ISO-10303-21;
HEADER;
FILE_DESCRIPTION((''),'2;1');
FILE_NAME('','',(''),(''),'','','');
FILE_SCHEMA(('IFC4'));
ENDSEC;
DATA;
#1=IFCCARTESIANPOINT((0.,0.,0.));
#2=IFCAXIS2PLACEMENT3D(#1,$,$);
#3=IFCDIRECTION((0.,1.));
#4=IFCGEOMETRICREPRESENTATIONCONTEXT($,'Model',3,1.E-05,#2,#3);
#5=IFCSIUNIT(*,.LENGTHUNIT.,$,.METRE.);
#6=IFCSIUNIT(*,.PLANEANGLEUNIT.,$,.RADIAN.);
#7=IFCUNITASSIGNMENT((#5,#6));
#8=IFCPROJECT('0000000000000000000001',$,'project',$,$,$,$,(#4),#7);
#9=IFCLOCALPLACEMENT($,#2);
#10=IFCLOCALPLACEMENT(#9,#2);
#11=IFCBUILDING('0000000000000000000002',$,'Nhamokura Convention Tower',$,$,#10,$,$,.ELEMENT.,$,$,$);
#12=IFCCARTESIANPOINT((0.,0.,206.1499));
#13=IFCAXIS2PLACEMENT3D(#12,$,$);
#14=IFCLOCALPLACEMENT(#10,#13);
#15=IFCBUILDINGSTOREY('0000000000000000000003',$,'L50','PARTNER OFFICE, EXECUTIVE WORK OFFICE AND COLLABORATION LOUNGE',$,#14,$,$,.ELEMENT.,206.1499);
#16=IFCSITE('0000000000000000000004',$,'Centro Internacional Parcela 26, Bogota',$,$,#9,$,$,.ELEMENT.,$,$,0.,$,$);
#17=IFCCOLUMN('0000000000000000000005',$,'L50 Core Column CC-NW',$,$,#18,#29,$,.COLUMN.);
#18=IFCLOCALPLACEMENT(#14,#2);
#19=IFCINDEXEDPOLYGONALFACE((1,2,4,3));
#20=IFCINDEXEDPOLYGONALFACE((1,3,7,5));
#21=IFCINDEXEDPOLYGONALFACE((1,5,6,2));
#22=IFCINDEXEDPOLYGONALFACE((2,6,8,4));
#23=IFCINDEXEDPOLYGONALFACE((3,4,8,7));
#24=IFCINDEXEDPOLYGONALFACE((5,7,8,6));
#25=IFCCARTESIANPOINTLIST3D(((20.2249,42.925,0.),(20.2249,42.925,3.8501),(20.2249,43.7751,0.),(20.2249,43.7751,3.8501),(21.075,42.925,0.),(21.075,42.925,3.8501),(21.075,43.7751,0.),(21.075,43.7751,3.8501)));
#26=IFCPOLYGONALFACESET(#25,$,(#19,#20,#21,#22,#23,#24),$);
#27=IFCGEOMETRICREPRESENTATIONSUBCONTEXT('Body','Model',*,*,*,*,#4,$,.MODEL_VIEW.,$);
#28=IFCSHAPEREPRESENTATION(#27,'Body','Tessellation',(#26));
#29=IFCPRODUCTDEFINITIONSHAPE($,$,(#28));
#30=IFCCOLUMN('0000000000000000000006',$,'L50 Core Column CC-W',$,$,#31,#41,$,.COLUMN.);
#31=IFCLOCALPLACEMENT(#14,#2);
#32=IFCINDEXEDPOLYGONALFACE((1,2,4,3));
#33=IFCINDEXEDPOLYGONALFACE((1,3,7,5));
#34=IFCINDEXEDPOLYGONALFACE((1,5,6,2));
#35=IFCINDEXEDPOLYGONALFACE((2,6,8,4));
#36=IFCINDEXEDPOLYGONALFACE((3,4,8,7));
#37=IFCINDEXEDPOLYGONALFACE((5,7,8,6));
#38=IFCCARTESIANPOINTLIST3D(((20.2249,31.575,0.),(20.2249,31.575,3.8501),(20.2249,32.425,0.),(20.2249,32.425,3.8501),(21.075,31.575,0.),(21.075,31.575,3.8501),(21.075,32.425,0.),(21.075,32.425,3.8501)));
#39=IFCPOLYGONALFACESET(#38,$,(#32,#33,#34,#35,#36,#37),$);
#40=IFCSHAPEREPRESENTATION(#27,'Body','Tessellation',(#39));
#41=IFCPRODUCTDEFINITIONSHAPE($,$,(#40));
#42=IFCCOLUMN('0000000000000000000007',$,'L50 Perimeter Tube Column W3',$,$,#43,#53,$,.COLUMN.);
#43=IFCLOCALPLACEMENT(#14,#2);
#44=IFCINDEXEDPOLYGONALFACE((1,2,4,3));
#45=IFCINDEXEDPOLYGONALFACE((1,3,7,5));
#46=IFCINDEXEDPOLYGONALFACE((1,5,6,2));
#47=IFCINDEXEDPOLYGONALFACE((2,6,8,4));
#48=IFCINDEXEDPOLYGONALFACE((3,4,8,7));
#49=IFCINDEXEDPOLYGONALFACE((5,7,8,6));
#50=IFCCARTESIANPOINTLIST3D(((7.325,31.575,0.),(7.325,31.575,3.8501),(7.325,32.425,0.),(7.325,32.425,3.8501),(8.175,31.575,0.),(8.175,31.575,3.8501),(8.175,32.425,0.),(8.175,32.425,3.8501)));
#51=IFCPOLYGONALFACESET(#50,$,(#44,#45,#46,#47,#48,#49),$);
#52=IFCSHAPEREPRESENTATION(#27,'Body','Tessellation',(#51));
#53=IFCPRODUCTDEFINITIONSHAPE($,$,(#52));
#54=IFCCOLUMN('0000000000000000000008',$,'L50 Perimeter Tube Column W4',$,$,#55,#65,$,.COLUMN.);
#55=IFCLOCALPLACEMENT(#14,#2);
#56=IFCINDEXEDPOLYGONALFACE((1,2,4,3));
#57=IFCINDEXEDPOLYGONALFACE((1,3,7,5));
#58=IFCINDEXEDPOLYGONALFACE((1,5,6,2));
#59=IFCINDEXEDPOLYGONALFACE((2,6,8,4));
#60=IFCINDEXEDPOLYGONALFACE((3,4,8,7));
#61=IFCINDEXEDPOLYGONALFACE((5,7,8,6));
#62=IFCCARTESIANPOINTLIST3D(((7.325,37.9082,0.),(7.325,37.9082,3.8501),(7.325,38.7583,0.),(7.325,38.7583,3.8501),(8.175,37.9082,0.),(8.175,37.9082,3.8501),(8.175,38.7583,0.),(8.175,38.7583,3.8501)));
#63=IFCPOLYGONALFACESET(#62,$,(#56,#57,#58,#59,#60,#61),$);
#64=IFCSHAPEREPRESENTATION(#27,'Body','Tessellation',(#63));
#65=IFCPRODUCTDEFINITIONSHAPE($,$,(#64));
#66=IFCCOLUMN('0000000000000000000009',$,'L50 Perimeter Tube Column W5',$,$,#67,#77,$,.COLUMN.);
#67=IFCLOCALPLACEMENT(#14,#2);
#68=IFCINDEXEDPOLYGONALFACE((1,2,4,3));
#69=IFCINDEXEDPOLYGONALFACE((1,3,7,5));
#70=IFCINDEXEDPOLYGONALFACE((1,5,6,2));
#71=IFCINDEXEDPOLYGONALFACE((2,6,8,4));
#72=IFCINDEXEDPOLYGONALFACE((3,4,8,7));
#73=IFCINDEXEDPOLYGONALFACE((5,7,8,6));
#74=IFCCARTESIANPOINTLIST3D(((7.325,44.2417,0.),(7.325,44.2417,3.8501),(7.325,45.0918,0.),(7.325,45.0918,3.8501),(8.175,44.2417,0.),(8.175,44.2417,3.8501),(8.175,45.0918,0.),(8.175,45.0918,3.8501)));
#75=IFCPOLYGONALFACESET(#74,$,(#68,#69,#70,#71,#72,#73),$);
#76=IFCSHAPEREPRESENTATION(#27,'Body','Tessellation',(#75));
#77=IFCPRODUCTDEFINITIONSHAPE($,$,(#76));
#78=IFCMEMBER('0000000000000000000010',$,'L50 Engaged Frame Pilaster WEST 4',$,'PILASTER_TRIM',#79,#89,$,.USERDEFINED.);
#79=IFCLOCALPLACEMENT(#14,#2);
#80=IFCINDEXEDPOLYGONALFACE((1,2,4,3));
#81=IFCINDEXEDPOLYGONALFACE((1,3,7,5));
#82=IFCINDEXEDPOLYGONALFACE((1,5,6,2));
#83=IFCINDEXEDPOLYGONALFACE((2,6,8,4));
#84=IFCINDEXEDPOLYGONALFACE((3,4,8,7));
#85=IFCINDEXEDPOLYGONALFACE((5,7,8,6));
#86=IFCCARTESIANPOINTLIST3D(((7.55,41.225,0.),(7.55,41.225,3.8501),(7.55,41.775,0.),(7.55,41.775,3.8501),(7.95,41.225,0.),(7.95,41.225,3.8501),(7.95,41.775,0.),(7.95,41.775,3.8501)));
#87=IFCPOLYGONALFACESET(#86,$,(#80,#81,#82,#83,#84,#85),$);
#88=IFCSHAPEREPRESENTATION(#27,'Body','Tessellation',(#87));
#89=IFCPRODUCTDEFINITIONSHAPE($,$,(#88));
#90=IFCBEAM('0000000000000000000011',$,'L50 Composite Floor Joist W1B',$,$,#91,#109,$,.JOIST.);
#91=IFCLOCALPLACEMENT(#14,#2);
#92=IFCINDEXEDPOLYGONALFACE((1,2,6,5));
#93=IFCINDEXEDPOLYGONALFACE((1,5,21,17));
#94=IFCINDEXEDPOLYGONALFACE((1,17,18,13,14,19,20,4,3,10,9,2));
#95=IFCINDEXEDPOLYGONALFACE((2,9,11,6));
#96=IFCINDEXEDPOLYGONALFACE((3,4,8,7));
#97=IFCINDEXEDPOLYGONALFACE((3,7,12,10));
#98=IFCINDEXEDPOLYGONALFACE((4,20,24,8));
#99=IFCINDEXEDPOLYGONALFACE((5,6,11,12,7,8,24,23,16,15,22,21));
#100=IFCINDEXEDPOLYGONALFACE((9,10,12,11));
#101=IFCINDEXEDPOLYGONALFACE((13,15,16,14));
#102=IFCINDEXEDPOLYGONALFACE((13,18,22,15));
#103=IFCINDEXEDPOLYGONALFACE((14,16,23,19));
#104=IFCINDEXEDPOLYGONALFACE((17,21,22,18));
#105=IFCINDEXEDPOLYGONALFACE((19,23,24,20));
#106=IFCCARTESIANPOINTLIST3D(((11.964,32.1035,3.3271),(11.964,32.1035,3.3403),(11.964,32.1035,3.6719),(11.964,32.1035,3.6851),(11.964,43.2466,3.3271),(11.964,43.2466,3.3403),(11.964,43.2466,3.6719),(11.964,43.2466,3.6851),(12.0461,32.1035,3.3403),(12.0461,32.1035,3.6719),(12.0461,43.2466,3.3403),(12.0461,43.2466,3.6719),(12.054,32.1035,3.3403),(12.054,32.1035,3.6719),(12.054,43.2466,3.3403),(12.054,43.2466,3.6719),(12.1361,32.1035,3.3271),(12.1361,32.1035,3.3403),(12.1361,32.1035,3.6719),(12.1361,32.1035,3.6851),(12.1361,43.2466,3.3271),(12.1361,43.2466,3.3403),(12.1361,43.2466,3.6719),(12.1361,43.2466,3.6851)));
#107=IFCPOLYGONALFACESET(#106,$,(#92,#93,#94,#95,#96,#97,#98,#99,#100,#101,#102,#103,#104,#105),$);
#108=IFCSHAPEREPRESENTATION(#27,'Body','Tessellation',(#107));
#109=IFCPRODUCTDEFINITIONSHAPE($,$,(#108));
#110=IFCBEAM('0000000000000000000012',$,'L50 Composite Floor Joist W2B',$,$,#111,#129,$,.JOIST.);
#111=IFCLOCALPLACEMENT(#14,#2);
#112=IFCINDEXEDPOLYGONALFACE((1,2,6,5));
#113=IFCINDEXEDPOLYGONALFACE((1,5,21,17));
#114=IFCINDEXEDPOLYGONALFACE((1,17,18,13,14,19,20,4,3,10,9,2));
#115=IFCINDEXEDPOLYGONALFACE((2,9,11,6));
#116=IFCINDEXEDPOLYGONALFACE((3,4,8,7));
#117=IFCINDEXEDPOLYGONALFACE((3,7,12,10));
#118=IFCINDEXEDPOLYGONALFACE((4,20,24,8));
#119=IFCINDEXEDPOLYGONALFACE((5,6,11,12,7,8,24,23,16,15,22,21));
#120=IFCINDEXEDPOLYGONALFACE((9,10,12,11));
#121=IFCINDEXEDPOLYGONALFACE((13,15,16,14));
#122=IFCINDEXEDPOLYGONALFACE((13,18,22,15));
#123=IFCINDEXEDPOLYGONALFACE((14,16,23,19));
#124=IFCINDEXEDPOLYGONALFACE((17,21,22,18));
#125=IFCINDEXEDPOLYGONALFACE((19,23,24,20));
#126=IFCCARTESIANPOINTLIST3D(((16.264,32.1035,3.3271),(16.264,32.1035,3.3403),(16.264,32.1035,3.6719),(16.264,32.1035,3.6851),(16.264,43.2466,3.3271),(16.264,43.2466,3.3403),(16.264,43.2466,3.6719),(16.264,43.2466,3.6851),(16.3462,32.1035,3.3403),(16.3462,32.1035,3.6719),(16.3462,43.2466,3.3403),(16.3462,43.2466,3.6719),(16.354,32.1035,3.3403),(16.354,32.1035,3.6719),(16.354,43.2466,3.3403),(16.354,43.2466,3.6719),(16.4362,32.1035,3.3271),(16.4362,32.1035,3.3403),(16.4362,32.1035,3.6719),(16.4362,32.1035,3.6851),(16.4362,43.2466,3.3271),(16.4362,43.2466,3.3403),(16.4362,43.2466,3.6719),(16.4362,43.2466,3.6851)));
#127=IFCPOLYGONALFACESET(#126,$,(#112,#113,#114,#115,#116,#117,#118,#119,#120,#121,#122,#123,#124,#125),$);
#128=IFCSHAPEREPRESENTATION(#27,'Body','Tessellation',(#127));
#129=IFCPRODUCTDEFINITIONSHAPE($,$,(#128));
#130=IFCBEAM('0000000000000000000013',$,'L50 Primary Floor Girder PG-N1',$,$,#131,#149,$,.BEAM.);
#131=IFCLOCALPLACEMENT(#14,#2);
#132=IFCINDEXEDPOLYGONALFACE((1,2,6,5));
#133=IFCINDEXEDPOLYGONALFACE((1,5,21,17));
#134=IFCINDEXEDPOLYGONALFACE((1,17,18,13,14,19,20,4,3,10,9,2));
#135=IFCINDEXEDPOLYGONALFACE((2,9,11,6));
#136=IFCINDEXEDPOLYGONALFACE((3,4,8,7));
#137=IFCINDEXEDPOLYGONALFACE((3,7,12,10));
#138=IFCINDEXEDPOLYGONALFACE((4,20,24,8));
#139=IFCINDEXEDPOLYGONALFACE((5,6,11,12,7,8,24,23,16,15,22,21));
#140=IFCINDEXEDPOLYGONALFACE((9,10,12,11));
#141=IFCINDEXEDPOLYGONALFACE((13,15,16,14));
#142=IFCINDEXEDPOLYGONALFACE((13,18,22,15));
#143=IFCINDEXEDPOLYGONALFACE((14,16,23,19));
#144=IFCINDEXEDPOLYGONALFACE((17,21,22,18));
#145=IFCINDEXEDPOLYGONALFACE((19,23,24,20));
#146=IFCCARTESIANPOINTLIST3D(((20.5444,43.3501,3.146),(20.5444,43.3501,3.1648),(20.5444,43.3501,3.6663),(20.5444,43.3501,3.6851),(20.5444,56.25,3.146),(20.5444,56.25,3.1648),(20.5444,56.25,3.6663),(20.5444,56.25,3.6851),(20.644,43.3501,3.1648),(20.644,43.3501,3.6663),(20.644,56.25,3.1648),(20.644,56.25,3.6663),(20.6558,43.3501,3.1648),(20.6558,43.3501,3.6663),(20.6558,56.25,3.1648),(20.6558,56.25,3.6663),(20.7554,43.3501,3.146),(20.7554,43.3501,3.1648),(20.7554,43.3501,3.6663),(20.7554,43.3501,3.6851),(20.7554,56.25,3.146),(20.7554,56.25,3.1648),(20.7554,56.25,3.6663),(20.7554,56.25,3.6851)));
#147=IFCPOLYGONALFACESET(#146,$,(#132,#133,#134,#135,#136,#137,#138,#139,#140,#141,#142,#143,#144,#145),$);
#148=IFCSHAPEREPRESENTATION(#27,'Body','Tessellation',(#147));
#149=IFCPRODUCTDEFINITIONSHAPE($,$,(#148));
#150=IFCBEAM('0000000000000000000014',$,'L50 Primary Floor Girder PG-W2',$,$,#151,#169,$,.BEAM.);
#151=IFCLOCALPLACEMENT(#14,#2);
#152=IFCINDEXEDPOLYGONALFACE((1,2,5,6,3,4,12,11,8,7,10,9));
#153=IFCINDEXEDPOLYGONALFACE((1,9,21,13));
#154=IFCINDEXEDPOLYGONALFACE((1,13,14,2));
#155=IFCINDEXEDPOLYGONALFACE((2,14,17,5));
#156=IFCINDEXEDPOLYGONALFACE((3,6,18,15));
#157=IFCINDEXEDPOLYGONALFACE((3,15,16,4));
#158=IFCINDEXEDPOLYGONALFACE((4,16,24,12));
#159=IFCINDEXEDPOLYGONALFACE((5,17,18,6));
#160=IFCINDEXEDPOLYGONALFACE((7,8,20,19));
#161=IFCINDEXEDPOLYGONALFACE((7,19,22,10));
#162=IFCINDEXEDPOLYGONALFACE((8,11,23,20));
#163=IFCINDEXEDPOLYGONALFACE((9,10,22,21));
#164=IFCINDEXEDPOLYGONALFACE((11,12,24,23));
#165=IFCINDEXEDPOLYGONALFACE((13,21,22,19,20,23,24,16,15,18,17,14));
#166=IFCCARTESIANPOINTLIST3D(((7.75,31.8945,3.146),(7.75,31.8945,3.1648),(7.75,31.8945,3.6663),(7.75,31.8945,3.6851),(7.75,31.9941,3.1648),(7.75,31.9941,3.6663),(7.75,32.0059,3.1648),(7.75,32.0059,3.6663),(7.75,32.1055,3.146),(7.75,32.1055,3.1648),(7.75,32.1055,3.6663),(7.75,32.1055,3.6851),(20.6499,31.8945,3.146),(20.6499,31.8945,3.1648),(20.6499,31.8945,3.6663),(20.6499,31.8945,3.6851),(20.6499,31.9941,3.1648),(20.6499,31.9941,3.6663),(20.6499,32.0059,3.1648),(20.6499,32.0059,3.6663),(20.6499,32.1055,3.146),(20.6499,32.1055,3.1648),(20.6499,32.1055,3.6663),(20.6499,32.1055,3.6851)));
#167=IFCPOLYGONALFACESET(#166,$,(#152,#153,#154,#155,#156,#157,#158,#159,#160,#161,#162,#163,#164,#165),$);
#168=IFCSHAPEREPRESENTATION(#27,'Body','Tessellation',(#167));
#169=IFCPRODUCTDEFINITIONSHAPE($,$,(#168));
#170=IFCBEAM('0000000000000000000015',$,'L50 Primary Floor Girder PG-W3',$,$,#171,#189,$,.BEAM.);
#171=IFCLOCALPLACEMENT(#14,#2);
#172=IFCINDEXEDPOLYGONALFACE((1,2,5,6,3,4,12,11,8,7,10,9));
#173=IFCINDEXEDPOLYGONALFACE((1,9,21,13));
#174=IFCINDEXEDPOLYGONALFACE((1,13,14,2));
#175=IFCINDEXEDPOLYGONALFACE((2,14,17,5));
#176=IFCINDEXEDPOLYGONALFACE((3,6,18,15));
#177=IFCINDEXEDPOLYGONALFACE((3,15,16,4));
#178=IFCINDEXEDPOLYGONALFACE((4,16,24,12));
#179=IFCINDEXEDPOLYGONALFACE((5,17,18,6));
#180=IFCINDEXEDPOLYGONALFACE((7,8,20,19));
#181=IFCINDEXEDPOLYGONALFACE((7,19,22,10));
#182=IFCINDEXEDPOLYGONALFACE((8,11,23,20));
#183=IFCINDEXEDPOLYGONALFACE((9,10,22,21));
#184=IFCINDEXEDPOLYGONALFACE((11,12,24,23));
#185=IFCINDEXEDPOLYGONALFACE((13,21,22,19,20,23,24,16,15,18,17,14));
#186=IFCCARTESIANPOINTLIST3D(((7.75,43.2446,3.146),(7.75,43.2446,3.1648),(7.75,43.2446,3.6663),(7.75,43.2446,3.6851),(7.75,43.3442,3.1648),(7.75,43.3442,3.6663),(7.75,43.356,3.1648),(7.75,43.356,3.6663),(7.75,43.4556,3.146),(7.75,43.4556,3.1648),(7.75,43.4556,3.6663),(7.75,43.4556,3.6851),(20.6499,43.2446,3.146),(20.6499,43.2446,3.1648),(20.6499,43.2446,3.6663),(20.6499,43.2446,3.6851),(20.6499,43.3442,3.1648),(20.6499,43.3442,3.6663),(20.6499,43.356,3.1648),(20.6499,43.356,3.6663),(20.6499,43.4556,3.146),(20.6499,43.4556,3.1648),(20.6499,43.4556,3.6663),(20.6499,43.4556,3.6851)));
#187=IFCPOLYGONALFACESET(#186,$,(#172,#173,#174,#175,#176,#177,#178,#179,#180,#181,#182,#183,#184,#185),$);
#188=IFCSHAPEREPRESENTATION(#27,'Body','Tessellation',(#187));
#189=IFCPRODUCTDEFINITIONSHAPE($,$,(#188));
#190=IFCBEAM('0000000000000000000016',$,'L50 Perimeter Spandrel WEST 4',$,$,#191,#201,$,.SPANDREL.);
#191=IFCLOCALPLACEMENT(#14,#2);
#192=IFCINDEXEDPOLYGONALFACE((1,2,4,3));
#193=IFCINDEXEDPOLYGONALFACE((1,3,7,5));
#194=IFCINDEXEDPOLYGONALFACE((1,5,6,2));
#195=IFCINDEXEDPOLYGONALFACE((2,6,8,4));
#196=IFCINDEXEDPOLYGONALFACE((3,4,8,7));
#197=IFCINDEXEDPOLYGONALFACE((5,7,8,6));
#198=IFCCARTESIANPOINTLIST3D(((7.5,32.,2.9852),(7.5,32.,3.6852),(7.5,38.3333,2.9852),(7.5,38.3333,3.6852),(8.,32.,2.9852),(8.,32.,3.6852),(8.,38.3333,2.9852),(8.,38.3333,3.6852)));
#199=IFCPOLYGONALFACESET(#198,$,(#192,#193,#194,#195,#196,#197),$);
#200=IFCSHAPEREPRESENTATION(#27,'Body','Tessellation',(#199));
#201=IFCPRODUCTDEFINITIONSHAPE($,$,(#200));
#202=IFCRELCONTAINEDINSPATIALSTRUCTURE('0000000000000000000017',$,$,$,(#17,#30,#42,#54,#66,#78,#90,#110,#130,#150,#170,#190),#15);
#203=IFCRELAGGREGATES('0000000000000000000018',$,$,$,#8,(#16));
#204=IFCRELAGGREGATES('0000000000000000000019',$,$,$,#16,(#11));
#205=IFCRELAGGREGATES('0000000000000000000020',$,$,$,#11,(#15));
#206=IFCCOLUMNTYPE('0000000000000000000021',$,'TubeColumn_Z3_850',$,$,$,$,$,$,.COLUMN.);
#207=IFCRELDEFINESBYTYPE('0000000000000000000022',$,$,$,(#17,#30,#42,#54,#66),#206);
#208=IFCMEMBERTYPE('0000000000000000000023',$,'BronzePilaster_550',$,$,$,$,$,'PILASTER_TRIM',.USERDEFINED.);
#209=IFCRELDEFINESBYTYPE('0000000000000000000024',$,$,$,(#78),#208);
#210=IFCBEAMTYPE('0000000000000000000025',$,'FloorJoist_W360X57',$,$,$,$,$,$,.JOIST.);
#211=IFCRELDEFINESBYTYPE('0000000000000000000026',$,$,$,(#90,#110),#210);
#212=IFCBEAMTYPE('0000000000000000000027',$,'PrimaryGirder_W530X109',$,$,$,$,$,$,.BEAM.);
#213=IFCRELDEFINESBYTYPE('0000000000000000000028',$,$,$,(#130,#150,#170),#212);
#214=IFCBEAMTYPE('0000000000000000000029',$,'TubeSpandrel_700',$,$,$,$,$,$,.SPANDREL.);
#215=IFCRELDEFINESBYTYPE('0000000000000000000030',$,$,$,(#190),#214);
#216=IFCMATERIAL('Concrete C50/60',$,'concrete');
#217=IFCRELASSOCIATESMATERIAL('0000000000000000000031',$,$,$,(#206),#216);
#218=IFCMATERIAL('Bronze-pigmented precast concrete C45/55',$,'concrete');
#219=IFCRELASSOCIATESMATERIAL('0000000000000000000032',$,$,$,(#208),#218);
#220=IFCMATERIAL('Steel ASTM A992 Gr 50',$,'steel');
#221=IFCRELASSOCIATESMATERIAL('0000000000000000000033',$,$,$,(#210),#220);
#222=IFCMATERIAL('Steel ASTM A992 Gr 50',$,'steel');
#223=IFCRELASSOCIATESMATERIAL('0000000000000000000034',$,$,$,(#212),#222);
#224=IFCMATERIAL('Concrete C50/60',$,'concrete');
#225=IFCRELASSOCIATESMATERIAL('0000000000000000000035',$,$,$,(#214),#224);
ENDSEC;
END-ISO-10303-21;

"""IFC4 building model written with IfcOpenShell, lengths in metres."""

from ifc_helpers import new_model, si_unit, direction, frame, origin, origin_2d, place, context, subcontext, project, spatial, rectangle, i_section, extrude, material, material_profile, profile_set, type_object, element, save


model = new_model("IFC4")

# Units and contexts
model_context = context("Model", 3, precision=1e-05, world=origin(), true_north=direction((0.0, 1.0)))
body_context = subcontext(model_context, "Body", "Model", "MODEL_VIEW")
ifc_project = project(units=[si_unit("LENGTHUNIT", "METRE"), si_unit("PLANEANGLEUNIT", "RADIAN")], contexts=[model_context])

# Site, building, storey
site_placement = place(None, origin())
site = spatial("IfcSite", under=ifc_project, at=site_placement, Name="Centro Internacional Parcela 26, Bogota", CompositionType="ELEMENT", RefElevation=0.0)
building_placement = place(site_placement, origin())
building = spatial("IfcBuilding", under=site, at=building_placement, Name="Nhamokura Convention Tower", CompositionType="ELEMENT")
storey_placement = place(building_placement, frame((0.0, 0.0, 206.1499)))
storey = spatial("IfcBuildingStorey", under=building, at=storey_placement, Name="L50", Description="PARTNER OFFICE, EXECUTIVE WORK OFFICE AND COLLABORATION LOUNGE", CompositionType="ELEMENT", Elevation=206.1499)

# Columns
ifc_material_1 = material(Name="Concrete C50/60", Category="concrete")
ifc_material_profile_1 = material_profile(ifc_material_1, rectangle(XDim=0.8501, YDim=0.8501, at=origin_2d()))
ifc_profile_set_1 = profile_set([ifc_material_profile_1], Name="Concrete C50/60")
column_type = type_object("IfcColumnType", Name="TubeColumn_Z3_850", PredefinedType="COLUMN", material=ifc_profile_set_1)
for number, where, z_axis, x_axis, name in (
    (1, (20.6499, 43.3501, 0.0), (0.0, 0.0, 1.0), (1.0, 0.0, 0.0), "L50 Core Column CC-NW"),
    (2, (20.6499, 32.0, 0.0), (0.0, 0.0, 1.0), (1.0, 0.0, 0.0), "L50 Core Column CC-W"),
    (3, (7.75, 32.0, 0.0), (0.0, 0.0, 1.0), (1.0, 0.0, 0.0), "L50 Perimeter Tube Column W3"),
    (4, (7.75, 38.3333, 0.0), (0.0, 0.0, 1.0), (1.0, 0.0, 0.0), "L50 Perimeter Tube Column W4"),
    (5, (7.75, 44.6667, 0.0), (0.0, 0.0, 1.0), (1.0, 0.0, 0.0), "L50 Perimeter Tube Column W5"),
):
    element("IfcColumn", number, at=place(storey_placement, frame(where, z_axis=z_axis, x_axis=x_axis)), inside=storey, type_object=column_type, Name=name, PredefinedType="COLUMN", context=body_context, shape_type="SweptSolid", body=[
        extrude(rectangle(XDim=0.8501, YDim=0.8501, at=origin_2d()), origin(), (0.0, 0.0, 1.0), 3.8501),
    ])

# Member
ifc_material_2 = material(Name="Bronze-pigmented precast concrete C45/55", Category="concrete")
ifc_material_profile_2 = material_profile(ifc_material_2, rectangle(XDim=0.3999, YDim=0.55, at=origin_2d()))
ifc_profile_set_2 = profile_set([ifc_material_profile_2], Name="Bronze-pigmented precast concrete C45/55")
member_type = type_object("IfcMemberType", Name="BronzePilaster_550", ElementType="PILASTER_TRIM", PredefinedType="USERDEFINED", material=ifc_profile_set_2)
member_placement = place(storey_placement, frame((7.75, 41.5, 0.0), z_axis=(0.0, 0.0, 1.0), x_axis=(1.0, 0.0, 0.0)))
element("IfcMember", 6, at=member_placement, inside=storey, type_object=member_type, Name="L50 Engaged Frame Pilaster WEST 4", ObjectType="PILASTER_TRIM", PredefinedType="USERDEFINED", context=body_context, shape_type="SweptSolid", body=[
    extrude(rectangle(XDim=0.3999, YDim=0.55, at=origin_2d()), origin(), (0.0, 0.0, 1.0), 3.8501),
])

# Beams
ifc_material_3 = material(Name="Steel ASTM A992 Gr 50", Category="steel")
ifc_material_profile_3 = material_profile(ifc_material_3, i_section(OverallWidth=0.1721, OverallDepth=0.3579, WebThickness=0.0078, FlangeThickness=0.0132, at=origin_2d()))
ifc_profile_set_3 = profile_set([ifc_material_profile_3], Name="Steel ASTM A992 Gr 50")
beam_type_1 = type_object("IfcBeamType", Name="FloorJoist_W360X57", PredefinedType="JOIST", material=ifc_profile_set_3)
for number, where, z_axis, x_axis, name in (
    (7, (12.05, 32.1035, 3.5061), (0.0, 1.0, 0.0), (-1.0, 0.0, 0.0), "L50 Composite Floor Joist W1B"),
    (8, (16.3501, 32.1035, 3.5061), (0.0, 1.0, 0.0), (-1.0, 0.0, 0.0), "L50 Composite Floor Joist W2B"),
):
    element("IfcBeam", number, at=place(storey_placement, frame(where, z_axis=z_axis, x_axis=x_axis)), inside=storey, type_object=beam_type_1, Name=name, PredefinedType="JOIST", context=body_context, shape_type="SweptSolid", body=[
        extrude(i_section(OverallWidth=0.1721, OverallDepth=0.3579, WebThickness=0.0078, FlangeThickness=0.0132, at=origin_2d()), origin(), (0.0, 0.0, 1.0), 11.1431),
    ])
ifc_material_4 = material(Name="Steel ASTM A992 Gr 50", Category="steel")
ifc_material_profile_4 = material_profile(ifc_material_4, i_section(OverallWidth=0.2109, OverallDepth=0.5391, WebThickness=0.0117, FlangeThickness=0.0188, at=origin_2d()))
ifc_profile_set_4 = profile_set([ifc_material_profile_4], Name="Steel ASTM A992 Gr 50")
beam_type_2 = type_object("IfcBeamType", Name="PrimaryGirder_W530X109", PredefinedType="BEAM", material=ifc_profile_set_4)
for number, where, z_axis, x_axis, name in (
    (9, (20.6499, 43.3501, 3.4155), (0.0, 1.0, 0.0), (-1.0, 0.0, 0.0), "L50 Primary Floor Girder PG-N1"),
    (10, (7.75, 32.0, 3.4155), (1.0, 0.0, 0.0), (0.0, 1.0, 0.0), "L50 Primary Floor Girder PG-W2"),
    (11, (7.75, 43.3501, 3.4155), (1.0, 0.0, 0.0), (0.0, 1.0, 0.0), "L50 Primary Floor Girder PG-W3"),
):
    element("IfcBeam", number, at=place(storey_placement, frame(where, z_axis=z_axis, x_axis=x_axis)), inside=storey, type_object=beam_type_2, Name=name, PredefinedType="BEAM", context=body_context, shape_type="SweptSolid", body=[
        extrude(i_section(OverallWidth=0.2109, OverallDepth=0.5391, WebThickness=0.0117, FlangeThickness=0.0188, at=origin_2d()), origin(), (0.0, 0.0, 1.0), 12.8999),
    ])
ifc_material_5 = material(Name="Concrete C50/60", Category="concrete")
ifc_material_profile_5 = material_profile(ifc_material_5, rectangle(XDim=0.5, YDim=0.7, at=origin_2d()))
ifc_profile_set_5 = profile_set([ifc_material_profile_5], Name="Concrete C50/60")
beam_type_3 = type_object("IfcBeamType", Name="TubeSpandrel_700", PredefinedType="SPANDREL", material=ifc_profile_set_5)
beam_1_placement = place(storey_placement, frame((7.75, 32.0, 3.3352), z_axis=(0.0, 1.0, 0.0), x_axis=(-1.0, 0.0, 0.0)))
element("IfcBeam", 12, at=beam_1_placement, inside=storey, type_object=beam_type_3, Name="L50 Perimeter Spandrel WEST 4", PredefinedType="SPANDREL", context=body_context, shape_type="SweptSolid", body=[
    extrude(rectangle(XDim=0.5, YDim=0.7, at=origin_2d()), origin(), (0.0, 0.0, 1.0), 6.3333),
])

save(model, "model.ifc")
